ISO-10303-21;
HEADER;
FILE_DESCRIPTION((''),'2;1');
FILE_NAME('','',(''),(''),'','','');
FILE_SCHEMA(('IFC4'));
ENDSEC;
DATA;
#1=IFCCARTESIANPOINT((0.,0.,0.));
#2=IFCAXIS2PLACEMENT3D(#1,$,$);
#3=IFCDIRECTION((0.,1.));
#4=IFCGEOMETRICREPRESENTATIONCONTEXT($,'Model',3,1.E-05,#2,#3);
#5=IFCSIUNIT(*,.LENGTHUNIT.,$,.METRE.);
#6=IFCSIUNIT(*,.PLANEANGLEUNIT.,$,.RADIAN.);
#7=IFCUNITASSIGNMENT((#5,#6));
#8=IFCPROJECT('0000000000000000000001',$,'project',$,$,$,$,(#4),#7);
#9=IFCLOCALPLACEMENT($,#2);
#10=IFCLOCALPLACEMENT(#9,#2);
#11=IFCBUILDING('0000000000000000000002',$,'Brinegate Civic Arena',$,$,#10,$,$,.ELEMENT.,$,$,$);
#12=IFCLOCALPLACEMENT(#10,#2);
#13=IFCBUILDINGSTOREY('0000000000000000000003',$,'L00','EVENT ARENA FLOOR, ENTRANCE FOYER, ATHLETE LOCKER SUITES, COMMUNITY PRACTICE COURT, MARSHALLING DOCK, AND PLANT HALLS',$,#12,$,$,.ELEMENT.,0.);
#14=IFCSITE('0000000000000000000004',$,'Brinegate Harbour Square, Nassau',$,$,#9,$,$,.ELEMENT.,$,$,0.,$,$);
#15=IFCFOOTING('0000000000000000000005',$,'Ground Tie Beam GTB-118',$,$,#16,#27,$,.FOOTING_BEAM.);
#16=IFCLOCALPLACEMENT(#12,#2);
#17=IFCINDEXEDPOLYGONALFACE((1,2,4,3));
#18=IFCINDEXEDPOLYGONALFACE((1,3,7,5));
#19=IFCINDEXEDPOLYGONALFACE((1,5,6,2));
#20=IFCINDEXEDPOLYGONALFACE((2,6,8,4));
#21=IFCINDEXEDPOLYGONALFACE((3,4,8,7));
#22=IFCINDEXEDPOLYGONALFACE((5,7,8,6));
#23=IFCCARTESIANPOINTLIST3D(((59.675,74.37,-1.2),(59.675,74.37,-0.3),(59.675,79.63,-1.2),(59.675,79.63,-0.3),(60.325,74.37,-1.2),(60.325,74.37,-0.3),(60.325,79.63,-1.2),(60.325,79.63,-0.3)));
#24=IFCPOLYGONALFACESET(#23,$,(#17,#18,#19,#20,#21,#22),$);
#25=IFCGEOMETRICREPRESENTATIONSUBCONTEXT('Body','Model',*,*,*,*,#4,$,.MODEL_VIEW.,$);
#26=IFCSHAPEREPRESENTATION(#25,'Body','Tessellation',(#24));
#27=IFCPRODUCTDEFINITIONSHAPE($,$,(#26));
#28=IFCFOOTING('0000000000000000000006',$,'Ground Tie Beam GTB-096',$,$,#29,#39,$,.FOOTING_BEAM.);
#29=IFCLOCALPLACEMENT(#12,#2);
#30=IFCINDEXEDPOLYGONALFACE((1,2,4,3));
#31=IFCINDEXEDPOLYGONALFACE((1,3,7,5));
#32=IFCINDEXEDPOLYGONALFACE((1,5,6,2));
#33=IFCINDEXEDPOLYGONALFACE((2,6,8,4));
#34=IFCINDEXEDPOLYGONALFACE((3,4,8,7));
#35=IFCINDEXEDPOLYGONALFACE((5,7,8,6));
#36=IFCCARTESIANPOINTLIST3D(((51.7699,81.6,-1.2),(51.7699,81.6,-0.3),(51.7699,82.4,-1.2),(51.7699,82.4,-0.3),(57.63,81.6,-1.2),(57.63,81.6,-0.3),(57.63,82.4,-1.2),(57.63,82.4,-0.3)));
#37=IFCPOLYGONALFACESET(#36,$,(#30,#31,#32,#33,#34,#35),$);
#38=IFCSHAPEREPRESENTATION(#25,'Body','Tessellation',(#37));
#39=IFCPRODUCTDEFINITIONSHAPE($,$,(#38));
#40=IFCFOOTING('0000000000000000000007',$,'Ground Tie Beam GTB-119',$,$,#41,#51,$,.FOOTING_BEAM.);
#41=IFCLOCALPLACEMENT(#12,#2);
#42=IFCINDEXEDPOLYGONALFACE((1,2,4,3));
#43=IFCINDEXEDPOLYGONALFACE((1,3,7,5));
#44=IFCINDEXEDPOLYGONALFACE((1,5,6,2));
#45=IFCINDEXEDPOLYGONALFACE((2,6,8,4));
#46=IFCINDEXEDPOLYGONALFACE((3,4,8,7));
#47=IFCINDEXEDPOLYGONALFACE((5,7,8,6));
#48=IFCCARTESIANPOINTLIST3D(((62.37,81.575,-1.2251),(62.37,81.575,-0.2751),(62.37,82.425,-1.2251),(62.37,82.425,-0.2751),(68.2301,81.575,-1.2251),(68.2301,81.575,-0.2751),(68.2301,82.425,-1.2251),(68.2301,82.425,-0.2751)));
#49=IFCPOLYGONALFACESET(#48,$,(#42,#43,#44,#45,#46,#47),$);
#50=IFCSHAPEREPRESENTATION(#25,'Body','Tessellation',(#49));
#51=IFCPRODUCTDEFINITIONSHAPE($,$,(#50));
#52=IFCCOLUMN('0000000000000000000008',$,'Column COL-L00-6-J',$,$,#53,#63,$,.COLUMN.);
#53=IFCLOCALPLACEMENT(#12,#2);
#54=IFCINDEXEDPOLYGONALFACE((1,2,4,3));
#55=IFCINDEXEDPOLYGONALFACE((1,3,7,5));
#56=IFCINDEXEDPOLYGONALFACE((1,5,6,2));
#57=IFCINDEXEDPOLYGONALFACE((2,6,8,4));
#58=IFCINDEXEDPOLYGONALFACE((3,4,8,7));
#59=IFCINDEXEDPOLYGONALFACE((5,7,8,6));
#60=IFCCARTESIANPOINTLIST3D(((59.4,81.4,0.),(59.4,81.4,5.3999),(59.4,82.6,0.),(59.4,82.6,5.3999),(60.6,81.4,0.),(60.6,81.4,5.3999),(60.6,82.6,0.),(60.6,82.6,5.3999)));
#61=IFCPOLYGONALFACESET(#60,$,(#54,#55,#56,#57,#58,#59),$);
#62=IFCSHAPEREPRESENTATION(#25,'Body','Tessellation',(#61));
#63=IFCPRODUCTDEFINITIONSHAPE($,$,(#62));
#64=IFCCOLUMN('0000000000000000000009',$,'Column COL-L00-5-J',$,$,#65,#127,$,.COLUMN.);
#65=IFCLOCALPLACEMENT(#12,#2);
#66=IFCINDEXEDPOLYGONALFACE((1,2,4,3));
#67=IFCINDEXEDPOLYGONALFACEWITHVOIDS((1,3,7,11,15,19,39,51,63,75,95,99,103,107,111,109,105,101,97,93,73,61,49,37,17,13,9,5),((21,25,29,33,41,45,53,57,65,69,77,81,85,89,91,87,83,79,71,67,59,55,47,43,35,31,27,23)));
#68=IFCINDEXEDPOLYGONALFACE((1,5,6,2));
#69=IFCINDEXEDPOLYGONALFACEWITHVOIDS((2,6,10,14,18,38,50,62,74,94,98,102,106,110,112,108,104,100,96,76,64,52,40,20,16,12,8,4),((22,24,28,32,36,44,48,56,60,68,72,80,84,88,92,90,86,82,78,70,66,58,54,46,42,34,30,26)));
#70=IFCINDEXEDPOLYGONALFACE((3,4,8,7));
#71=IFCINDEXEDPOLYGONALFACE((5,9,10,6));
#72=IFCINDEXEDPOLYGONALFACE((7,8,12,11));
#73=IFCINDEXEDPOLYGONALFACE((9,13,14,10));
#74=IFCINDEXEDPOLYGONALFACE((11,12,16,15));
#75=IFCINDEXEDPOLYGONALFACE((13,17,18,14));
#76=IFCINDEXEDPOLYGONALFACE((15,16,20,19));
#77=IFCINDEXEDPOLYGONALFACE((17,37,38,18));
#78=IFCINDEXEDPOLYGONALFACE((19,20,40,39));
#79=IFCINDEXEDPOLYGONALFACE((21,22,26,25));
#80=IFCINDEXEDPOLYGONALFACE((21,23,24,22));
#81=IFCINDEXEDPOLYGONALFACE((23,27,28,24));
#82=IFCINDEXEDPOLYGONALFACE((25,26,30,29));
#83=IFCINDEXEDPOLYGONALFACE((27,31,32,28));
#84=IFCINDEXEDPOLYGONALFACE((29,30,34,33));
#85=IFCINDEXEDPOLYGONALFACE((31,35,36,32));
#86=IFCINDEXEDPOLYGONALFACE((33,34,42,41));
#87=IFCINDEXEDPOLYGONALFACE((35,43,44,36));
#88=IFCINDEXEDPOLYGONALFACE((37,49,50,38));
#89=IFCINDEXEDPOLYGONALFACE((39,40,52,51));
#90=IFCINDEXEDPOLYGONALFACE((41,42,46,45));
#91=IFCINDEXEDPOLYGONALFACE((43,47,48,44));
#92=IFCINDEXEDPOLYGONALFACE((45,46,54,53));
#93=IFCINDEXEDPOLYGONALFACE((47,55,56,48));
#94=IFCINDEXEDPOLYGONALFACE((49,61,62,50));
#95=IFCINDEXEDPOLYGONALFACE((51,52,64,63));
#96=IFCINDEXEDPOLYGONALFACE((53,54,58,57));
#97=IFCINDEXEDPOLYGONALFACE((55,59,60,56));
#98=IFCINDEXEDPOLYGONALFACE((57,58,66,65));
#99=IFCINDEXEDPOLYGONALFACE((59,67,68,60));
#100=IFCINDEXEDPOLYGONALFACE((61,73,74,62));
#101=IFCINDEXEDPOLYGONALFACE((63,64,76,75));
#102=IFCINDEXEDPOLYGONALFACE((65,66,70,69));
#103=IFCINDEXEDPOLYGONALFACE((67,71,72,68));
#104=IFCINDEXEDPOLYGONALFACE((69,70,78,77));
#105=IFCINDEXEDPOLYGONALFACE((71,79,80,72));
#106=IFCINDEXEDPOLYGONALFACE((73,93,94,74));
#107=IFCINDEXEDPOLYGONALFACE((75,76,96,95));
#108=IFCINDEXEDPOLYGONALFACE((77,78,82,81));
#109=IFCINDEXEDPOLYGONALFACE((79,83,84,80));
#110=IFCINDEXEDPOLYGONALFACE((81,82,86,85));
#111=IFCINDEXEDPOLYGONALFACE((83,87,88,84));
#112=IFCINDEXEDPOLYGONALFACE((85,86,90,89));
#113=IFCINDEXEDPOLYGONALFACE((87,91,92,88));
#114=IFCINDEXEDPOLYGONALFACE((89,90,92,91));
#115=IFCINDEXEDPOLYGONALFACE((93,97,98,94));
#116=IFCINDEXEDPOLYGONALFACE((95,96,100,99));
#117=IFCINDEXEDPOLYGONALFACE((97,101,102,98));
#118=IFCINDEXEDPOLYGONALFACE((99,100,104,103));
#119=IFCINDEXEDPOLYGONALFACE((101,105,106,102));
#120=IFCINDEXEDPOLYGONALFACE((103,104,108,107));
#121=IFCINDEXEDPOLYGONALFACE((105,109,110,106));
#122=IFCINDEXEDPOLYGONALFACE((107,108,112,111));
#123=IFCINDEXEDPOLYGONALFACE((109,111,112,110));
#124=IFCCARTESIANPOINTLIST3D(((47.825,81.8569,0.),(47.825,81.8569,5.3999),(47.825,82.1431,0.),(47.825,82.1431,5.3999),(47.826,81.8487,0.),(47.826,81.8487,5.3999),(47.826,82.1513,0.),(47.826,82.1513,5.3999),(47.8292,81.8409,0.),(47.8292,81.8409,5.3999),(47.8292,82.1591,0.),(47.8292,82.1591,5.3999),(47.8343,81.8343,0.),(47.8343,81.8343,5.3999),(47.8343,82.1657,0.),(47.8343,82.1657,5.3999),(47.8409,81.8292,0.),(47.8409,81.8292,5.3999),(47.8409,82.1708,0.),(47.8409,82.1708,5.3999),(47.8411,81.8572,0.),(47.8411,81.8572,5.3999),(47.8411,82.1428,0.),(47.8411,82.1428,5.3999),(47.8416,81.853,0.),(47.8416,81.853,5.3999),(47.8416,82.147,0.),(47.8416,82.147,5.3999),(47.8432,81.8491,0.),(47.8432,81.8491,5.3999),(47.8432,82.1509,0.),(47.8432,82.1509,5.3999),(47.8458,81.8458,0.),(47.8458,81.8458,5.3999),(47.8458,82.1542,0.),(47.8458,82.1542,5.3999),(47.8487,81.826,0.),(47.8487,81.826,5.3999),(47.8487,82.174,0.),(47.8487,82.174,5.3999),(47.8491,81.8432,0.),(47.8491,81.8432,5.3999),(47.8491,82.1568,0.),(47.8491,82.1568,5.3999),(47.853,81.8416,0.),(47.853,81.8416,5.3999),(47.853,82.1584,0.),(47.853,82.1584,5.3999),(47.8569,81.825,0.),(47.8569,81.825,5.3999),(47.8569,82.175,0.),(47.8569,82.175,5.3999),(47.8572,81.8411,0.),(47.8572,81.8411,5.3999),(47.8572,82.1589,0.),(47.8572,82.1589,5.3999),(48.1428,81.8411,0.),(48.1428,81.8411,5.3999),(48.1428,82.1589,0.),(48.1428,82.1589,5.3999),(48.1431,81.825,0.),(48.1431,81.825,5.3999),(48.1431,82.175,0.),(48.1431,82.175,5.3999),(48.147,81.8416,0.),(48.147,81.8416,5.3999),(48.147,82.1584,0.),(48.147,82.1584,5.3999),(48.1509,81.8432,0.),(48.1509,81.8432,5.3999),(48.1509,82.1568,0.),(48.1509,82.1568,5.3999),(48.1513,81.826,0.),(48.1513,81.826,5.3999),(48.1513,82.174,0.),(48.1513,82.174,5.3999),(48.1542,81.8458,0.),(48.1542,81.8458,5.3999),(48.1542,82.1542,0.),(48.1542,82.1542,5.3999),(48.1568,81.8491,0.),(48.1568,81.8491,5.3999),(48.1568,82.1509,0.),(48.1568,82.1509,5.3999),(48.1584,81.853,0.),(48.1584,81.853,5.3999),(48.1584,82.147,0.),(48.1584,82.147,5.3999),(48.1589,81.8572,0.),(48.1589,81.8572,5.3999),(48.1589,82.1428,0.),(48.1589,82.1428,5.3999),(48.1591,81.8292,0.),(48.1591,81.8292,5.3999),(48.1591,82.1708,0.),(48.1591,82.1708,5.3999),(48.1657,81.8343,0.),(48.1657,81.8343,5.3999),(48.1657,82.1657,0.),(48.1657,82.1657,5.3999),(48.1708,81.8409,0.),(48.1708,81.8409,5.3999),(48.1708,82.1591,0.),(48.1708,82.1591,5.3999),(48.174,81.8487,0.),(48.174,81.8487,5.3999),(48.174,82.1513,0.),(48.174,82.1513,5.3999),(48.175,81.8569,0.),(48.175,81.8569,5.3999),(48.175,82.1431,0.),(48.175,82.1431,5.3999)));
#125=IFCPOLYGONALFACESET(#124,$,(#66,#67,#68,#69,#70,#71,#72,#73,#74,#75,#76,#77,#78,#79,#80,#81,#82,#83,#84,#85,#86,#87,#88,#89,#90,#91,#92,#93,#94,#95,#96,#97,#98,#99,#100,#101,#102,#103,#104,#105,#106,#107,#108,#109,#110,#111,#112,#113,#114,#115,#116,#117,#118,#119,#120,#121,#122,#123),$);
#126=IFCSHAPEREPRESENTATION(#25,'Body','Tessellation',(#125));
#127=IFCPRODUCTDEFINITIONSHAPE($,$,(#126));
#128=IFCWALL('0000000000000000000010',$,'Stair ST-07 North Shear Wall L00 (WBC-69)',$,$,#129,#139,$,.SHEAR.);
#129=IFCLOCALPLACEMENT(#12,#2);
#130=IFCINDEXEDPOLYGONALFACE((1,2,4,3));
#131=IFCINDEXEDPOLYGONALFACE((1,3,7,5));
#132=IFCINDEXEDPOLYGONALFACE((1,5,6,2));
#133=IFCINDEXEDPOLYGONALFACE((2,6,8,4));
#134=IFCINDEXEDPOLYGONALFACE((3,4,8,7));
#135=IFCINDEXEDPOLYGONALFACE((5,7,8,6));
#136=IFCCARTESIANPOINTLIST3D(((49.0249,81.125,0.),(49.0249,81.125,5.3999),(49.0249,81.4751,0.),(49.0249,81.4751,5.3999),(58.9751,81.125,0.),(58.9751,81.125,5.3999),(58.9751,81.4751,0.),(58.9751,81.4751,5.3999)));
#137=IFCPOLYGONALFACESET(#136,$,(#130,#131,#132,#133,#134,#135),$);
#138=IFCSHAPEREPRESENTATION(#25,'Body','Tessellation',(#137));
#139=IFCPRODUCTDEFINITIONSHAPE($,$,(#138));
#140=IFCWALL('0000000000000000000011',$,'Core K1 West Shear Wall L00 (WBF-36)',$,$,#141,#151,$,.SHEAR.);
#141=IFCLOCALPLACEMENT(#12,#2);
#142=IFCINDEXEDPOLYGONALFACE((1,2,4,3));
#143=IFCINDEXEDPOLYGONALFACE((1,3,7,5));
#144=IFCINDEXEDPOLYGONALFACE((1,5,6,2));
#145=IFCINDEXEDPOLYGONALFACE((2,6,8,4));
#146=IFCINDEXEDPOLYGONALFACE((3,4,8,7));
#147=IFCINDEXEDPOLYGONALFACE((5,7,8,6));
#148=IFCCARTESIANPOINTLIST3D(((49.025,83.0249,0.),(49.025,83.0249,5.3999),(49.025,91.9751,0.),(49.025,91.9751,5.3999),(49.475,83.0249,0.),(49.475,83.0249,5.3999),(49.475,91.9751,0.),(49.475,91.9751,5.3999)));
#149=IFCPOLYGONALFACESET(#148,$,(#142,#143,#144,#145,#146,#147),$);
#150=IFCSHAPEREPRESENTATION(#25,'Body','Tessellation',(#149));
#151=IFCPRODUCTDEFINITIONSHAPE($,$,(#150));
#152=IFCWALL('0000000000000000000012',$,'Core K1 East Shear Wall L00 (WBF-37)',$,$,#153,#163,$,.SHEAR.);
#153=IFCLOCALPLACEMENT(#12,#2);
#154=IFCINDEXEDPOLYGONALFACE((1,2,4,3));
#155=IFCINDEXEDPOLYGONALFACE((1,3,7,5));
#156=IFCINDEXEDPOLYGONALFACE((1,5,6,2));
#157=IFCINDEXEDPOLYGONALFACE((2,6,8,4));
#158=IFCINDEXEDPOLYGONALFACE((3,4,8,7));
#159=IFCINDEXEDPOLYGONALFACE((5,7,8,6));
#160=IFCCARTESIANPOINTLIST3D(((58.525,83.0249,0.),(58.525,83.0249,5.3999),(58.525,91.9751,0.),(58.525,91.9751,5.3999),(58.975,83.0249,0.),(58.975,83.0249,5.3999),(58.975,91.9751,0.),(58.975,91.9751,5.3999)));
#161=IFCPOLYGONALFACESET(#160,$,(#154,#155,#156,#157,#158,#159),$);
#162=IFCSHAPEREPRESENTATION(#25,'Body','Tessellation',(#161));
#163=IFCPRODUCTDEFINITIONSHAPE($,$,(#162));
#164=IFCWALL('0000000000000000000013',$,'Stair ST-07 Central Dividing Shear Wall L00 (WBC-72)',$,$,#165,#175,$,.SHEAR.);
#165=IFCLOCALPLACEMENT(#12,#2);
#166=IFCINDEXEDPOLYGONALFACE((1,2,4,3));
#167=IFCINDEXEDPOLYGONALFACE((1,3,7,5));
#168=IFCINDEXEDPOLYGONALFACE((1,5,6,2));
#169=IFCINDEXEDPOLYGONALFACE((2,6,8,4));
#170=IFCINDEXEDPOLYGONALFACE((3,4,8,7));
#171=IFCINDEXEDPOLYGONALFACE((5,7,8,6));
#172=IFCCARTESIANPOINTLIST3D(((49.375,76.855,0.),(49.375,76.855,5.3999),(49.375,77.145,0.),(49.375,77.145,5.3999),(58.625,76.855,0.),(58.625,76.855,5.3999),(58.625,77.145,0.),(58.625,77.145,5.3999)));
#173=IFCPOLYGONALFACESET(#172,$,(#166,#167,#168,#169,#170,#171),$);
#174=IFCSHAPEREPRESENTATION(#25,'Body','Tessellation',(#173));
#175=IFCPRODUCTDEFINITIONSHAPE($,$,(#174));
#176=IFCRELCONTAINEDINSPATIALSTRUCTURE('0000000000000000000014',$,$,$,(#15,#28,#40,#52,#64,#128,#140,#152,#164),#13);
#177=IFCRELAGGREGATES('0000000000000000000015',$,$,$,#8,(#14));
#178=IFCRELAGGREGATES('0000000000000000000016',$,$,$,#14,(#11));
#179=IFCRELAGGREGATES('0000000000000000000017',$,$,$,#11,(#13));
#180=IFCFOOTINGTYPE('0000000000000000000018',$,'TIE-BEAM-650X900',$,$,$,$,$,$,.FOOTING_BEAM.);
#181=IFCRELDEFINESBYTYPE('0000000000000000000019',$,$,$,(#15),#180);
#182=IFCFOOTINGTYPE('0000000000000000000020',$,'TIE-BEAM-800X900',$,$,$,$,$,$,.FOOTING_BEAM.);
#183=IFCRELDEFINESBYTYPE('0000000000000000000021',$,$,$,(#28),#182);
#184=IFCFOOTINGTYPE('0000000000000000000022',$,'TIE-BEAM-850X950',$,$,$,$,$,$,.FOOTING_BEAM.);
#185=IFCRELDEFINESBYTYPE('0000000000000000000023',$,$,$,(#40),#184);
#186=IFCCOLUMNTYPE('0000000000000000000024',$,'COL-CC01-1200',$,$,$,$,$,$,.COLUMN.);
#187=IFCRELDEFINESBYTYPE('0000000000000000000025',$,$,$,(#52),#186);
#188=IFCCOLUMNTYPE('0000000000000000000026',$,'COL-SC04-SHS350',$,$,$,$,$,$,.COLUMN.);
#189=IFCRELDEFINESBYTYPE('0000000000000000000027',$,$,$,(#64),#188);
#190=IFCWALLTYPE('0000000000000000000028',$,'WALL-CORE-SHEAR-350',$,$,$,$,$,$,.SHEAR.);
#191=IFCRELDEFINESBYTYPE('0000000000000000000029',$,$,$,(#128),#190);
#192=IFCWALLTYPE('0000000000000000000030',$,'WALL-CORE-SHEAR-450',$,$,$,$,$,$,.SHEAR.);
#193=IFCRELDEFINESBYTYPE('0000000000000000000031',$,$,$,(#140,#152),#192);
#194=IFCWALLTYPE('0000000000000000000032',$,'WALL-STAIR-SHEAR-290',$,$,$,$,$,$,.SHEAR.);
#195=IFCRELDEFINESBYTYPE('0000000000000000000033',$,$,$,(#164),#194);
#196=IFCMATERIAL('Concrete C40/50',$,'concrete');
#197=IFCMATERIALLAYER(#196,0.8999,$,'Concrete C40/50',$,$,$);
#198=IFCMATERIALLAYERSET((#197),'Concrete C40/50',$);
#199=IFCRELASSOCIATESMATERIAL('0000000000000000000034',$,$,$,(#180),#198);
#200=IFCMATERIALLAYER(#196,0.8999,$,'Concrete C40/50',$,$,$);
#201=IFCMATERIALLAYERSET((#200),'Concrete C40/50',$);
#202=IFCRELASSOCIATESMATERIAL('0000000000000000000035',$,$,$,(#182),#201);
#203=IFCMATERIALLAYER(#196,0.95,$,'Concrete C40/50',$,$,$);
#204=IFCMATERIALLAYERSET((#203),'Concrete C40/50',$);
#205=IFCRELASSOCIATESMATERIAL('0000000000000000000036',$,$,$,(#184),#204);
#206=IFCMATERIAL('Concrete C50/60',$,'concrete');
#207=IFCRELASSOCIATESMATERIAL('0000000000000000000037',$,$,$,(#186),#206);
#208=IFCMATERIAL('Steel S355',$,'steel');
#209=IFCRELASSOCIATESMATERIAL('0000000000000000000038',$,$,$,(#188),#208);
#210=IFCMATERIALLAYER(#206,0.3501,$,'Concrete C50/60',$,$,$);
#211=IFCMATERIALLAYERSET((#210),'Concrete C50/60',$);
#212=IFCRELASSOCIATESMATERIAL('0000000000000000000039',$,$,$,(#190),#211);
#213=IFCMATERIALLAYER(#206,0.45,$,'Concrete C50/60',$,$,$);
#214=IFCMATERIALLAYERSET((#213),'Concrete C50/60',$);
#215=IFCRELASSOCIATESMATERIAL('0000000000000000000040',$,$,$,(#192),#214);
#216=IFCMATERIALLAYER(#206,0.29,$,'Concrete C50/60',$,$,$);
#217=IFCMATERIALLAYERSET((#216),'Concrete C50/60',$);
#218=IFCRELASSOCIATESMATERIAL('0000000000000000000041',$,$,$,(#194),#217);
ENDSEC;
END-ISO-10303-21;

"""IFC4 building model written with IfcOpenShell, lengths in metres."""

from ifc_helpers import new_model, si_unit, direction, frame, frame_2d, origin, origin_2d, place, context, subcontext, project, spatial, rectangle, hollow_rectangle, extrude, material, layer, layer_set, material_profile, profile_set, type_object, element, save


model = new_model("IFC4")

# Units and contexts
model_context = context("Model", 3, precision=1e-05, world=origin(), true_north=direction((0.0, 1.0)))
body_context = subcontext(model_context, "Body", "Model", "MODEL_VIEW")
ifc_project = project(units=[si_unit("LENGTHUNIT", "METRE"), si_unit("PLANEANGLEUNIT", "RADIAN")], contexts=[model_context])

# Site, building, storey
site_placement = place(None, origin())
site = spatial("IfcSite", under=ifc_project, at=site_placement, Name="Brinegate Harbour Square, Nassau", CompositionType="ELEMENT", RefElevation=0.0)
building_placement = place(site_placement, origin())
building = spatial("IfcBuilding", under=site, at=building_placement, Name="Brinegate Civic Arena", CompositionType="ELEMENT")
storey_placement = place(building_placement, origin())
storey = spatial("IfcBuildingStorey", under=building, at=storey_placement, Name="L00", Description="EVENT ARENA FLOOR, ENTRANCE FOYER, ATHLETE LOCKER SUITES, COMMUNITY PRACTICE COURT, MARSHALLING DOCK, AND PLANT HALLS", CompositionType="ELEMENT", Elevation=0.0)

# Shared definitions
ifc_material_1 = material(Name="Concrete C40/50", Category="concrete")

# Footings
ifc_layer_1 = layer(ifc_material_1, 0.8999, Name="Concrete C40/50")
ifc_layer_set_1 = layer_set([ifc_layer_1], Name="Concrete C40/50")
footing_type_1 = type_object("IfcFootingType", Name="TIE-BEAM-650X900", PredefinedType="FOOTING_BEAM", material=ifc_layer_set_1)
footing_1_placement = place(storey_placement, frame((60.0, 77.0, -1.2), z_axis=(0.0, 0.0, 1.0), x_axis=(0.0, 1.0, 0.0)))
element("IfcFooting", 1, at=footing_1_placement, inside=storey, type_object=footing_type_1, Name="Ground Tie Beam GTB-118", PredefinedType="FOOTING_BEAM", context=body_context, shape_type="SweptSolid", body=[
    extrude(rectangle(XDim=5.26, YDim=0.6499, at=origin_2d()), origin(), (0.0, 0.0, 1.0), 0.8999),
])
ifc_layer_2 = layer(ifc_material_1, 0.8999, Name="Concrete C40/50")
ifc_layer_set_2 = layer_set([ifc_layer_2], Name="Concrete C40/50")
footing_type_2 = type_object("IfcFootingType", Name="TIE-BEAM-800X900", PredefinedType="FOOTING_BEAM", material=ifc_layer_set_2)
footing_2_placement = place(storey_placement, frame((54.7, 82.0, -1.2), z_axis=(0.0, 0.0, 1.0), x_axis=(1.0, 0.0, 0.0)))
element("IfcFooting", 2, at=footing_2_placement, inside=storey, type_object=footing_type_2, Name="Ground Tie Beam GTB-096", PredefinedType="FOOTING_BEAM", context=body_context, shape_type="SweptSolid", body=[
    extrude(rectangle(XDim=5.8601, YDim=0.8, at=origin_2d()), origin(), (0.0, 0.0, 1.0), 0.8999),
])
ifc_layer_3 = layer(ifc_material_1, 0.95, Name="Concrete C40/50")
ifc_layer_set_3 = layer_set([ifc_layer_3], Name="Concrete C40/50")
footing_type_3 = type_object("IfcFootingType", Name="TIE-BEAM-850X950", PredefinedType="FOOTING_BEAM", material=ifc_layer_set_3)
footing_3_placement = place(storey_placement, frame((65.3, 82.0, -1.2251), z_axis=(0.0, 0.0, 1.0), x_axis=(1.0, 0.0, 0.0)))
element("IfcFooting", 3, at=footing_3_placement, inside=storey, type_object=footing_type_3, Name="Ground Tie Beam GTB-119", PredefinedType="FOOTING_BEAM", context=body_context, shape_type="SweptSolid", body=[
    extrude(rectangle(XDim=5.8601, YDim=0.8501, at=origin_2d()), origin(), (0.0, 0.0, 1.0), 0.95),
])

# Columns
ifc_material_2 = material(Name="Concrete C50/60", Category="concrete")
ifc_material_profile_1 = material_profile(ifc_material_2, rectangle(XDim=1.2, YDim=1.2, at=origin_2d()), Name="RC1200X1200")
ifc_profile_set_1 = profile_set([ifc_material_profile_1], Name="Concrete C50/60")
column_type_1 = type_object("IfcColumnType", Name="COL-CC01-1200", PredefinedType="COLUMN", material=ifc_profile_set_1)
column_1_placement = place(storey_placement, frame((60.0, 82.0, 0.0), z_axis=(0.0, 0.0, 1.0), x_axis=(1.0, 0.0, 0.0)))
element("IfcColumn", 4, at=column_1_placement, inside=storey, type_object=column_type_1, Name="Column COL-L00-6-J", PredefinedType="COLUMN", context=body_context, shape_type="SweptSolid", body=[
    extrude(rectangle(XDim=1.2, YDim=1.2, at=origin_2d()), origin(), (0.0, 0.0, 1.0), 5.3999),
])
ifc_material_3 = material(Name="Steel S355", Category="steel")
ifc_material_profile_2 = material_profile(ifc_material_3, hollow_rectangle(XDim=0.3501, YDim=0.3501, WallThickness=0.0161, InnerFilletRadius=0.0161, OuterFilletRadius=0.032, at=origin_2d()), Name="SHS350X16")
ifc_profile_set_2 = profile_set([ifc_material_profile_2], Name="Steel S355")
column_type_2 = type_object("IfcColumnType", Name="COL-SC04-SHS350", PredefinedType="COLUMN", material=ifc_profile_set_2)
column_2_placement = place(storey_placement, frame((48.0, 82.0, 0.0), z_axis=(0.0, 0.0, 1.0), x_axis=(1.0, 0.0, 0.0)))
element("IfcColumn", 5, at=column_2_placement, inside=storey, type_object=column_type_2, Name="Column COL-L00-5-J", PredefinedType="COLUMN", context=body_context, shape_type="SweptSolid", body=[
    extrude(hollow_rectangle(XDim=0.3501, YDim=0.3501, WallThickness=0.0161, InnerFilletRadius=0.0161, OuterFilletRadius=0.032, at=origin_2d()), origin(), (0.0, 0.0, 1.0), 5.3999),
])

# Walls
ifc_layer_4 = layer(ifc_material_2, 0.3501, Name="Concrete C50/60")
ifc_layer_set_4 = layer_set([ifc_layer_4], Name="Concrete C50/60")
wall_type_1 = type_object("IfcWallType", Name="WALL-CORE-SHEAR-350", PredefinedType="SHEAR", material=ifc_layer_set_4)
wall_1_placement = place(storey_placement, frame((49.0249, 81.3, 0.0), z_axis=(0.0, 0.0, 1.0), x_axis=(1.0, 0.0, 0.0)))
element("IfcWall", 6, at=wall_1_placement, inside=storey, type_object=wall_type_1, Name="Stair ST-07 North Shear Wall L00 (WBC-69)", PredefinedType="SHEAR", context=body_context, shape_type="SweptSolid", body=[
    extrude(rectangle(XDim=9.9502, YDim=0.3501, at=frame_2d((4.9751, 0.0))), origin(), (0.0, 0.0, 1.0), 5.3999),
])
ifc_layer_5 = layer(ifc_material_2, 0.45, Name="Concrete C50/60")
ifc_layer_set_5 = layer_set([ifc_layer_5], Name="Concrete C50/60")
wall_type_2 = type_object("IfcWallType", Name="WALL-CORE-SHEAR-450", PredefinedType="SHEAR", material=ifc_layer_set_5)
for number, where, z_axis, x_axis, name in (
    (7, (49.25, 83.0249, 0.0), (0.0, 0.0, 1.0), (0.0, 1.0, 0.0), "Core K1 West Shear Wall L00 (WBF-36)"),
    (8, (58.75, 83.0249, 0.0), (0.0, 0.0, 1.0), (0.0, 1.0, 0.0), "Core K1 East Shear Wall L00 (WBF-37)"),
):
    element("IfcWall", number, at=place(storey_placement, frame(where, z_axis=z_axis, x_axis=x_axis)), inside=storey, type_object=wall_type_2, Name=name, PredefinedType="SHEAR", context=body_context, shape_type="SweptSolid", body=[
        extrude(rectangle(XDim=8.9502, YDim=0.45, at=frame_2d((4.4751, 0.0))), origin(), (0.0, 0.0, 1.0), 5.3999),
    ])
ifc_layer_6 = layer(ifc_material_2, 0.29, Name="Concrete C50/60")
ifc_layer_set_6 = layer_set([ifc_layer_6], Name="Concrete C50/60")
wall_type_3 = type_object("IfcWallType", Name="WALL-STAIR-SHEAR-290", PredefinedType="SHEAR", material=ifc_layer_set_6)
wall_2_placement = place(storey_placement, frame((49.375, 77.0, 0.0), z_axis=(0.0, 0.0, 1.0), x_axis=(1.0, 0.0, 0.0)))
element("IfcWall", 9, at=wall_2_placement, inside=storey, type_object=wall_type_3, Name="Stair ST-07 Central Dividing Shear Wall L00 (WBC-72)", PredefinedType="SHEAR", context=body_context, shape_type="SweptSolid", body=[
    extrude(rectangle(XDim=9.25, YDim=0.29, at=frame_2d((4.625, 0.0))), origin(), (0.0, 0.0, 1.0), 5.3999),
])

save(model, "model.ifc")
